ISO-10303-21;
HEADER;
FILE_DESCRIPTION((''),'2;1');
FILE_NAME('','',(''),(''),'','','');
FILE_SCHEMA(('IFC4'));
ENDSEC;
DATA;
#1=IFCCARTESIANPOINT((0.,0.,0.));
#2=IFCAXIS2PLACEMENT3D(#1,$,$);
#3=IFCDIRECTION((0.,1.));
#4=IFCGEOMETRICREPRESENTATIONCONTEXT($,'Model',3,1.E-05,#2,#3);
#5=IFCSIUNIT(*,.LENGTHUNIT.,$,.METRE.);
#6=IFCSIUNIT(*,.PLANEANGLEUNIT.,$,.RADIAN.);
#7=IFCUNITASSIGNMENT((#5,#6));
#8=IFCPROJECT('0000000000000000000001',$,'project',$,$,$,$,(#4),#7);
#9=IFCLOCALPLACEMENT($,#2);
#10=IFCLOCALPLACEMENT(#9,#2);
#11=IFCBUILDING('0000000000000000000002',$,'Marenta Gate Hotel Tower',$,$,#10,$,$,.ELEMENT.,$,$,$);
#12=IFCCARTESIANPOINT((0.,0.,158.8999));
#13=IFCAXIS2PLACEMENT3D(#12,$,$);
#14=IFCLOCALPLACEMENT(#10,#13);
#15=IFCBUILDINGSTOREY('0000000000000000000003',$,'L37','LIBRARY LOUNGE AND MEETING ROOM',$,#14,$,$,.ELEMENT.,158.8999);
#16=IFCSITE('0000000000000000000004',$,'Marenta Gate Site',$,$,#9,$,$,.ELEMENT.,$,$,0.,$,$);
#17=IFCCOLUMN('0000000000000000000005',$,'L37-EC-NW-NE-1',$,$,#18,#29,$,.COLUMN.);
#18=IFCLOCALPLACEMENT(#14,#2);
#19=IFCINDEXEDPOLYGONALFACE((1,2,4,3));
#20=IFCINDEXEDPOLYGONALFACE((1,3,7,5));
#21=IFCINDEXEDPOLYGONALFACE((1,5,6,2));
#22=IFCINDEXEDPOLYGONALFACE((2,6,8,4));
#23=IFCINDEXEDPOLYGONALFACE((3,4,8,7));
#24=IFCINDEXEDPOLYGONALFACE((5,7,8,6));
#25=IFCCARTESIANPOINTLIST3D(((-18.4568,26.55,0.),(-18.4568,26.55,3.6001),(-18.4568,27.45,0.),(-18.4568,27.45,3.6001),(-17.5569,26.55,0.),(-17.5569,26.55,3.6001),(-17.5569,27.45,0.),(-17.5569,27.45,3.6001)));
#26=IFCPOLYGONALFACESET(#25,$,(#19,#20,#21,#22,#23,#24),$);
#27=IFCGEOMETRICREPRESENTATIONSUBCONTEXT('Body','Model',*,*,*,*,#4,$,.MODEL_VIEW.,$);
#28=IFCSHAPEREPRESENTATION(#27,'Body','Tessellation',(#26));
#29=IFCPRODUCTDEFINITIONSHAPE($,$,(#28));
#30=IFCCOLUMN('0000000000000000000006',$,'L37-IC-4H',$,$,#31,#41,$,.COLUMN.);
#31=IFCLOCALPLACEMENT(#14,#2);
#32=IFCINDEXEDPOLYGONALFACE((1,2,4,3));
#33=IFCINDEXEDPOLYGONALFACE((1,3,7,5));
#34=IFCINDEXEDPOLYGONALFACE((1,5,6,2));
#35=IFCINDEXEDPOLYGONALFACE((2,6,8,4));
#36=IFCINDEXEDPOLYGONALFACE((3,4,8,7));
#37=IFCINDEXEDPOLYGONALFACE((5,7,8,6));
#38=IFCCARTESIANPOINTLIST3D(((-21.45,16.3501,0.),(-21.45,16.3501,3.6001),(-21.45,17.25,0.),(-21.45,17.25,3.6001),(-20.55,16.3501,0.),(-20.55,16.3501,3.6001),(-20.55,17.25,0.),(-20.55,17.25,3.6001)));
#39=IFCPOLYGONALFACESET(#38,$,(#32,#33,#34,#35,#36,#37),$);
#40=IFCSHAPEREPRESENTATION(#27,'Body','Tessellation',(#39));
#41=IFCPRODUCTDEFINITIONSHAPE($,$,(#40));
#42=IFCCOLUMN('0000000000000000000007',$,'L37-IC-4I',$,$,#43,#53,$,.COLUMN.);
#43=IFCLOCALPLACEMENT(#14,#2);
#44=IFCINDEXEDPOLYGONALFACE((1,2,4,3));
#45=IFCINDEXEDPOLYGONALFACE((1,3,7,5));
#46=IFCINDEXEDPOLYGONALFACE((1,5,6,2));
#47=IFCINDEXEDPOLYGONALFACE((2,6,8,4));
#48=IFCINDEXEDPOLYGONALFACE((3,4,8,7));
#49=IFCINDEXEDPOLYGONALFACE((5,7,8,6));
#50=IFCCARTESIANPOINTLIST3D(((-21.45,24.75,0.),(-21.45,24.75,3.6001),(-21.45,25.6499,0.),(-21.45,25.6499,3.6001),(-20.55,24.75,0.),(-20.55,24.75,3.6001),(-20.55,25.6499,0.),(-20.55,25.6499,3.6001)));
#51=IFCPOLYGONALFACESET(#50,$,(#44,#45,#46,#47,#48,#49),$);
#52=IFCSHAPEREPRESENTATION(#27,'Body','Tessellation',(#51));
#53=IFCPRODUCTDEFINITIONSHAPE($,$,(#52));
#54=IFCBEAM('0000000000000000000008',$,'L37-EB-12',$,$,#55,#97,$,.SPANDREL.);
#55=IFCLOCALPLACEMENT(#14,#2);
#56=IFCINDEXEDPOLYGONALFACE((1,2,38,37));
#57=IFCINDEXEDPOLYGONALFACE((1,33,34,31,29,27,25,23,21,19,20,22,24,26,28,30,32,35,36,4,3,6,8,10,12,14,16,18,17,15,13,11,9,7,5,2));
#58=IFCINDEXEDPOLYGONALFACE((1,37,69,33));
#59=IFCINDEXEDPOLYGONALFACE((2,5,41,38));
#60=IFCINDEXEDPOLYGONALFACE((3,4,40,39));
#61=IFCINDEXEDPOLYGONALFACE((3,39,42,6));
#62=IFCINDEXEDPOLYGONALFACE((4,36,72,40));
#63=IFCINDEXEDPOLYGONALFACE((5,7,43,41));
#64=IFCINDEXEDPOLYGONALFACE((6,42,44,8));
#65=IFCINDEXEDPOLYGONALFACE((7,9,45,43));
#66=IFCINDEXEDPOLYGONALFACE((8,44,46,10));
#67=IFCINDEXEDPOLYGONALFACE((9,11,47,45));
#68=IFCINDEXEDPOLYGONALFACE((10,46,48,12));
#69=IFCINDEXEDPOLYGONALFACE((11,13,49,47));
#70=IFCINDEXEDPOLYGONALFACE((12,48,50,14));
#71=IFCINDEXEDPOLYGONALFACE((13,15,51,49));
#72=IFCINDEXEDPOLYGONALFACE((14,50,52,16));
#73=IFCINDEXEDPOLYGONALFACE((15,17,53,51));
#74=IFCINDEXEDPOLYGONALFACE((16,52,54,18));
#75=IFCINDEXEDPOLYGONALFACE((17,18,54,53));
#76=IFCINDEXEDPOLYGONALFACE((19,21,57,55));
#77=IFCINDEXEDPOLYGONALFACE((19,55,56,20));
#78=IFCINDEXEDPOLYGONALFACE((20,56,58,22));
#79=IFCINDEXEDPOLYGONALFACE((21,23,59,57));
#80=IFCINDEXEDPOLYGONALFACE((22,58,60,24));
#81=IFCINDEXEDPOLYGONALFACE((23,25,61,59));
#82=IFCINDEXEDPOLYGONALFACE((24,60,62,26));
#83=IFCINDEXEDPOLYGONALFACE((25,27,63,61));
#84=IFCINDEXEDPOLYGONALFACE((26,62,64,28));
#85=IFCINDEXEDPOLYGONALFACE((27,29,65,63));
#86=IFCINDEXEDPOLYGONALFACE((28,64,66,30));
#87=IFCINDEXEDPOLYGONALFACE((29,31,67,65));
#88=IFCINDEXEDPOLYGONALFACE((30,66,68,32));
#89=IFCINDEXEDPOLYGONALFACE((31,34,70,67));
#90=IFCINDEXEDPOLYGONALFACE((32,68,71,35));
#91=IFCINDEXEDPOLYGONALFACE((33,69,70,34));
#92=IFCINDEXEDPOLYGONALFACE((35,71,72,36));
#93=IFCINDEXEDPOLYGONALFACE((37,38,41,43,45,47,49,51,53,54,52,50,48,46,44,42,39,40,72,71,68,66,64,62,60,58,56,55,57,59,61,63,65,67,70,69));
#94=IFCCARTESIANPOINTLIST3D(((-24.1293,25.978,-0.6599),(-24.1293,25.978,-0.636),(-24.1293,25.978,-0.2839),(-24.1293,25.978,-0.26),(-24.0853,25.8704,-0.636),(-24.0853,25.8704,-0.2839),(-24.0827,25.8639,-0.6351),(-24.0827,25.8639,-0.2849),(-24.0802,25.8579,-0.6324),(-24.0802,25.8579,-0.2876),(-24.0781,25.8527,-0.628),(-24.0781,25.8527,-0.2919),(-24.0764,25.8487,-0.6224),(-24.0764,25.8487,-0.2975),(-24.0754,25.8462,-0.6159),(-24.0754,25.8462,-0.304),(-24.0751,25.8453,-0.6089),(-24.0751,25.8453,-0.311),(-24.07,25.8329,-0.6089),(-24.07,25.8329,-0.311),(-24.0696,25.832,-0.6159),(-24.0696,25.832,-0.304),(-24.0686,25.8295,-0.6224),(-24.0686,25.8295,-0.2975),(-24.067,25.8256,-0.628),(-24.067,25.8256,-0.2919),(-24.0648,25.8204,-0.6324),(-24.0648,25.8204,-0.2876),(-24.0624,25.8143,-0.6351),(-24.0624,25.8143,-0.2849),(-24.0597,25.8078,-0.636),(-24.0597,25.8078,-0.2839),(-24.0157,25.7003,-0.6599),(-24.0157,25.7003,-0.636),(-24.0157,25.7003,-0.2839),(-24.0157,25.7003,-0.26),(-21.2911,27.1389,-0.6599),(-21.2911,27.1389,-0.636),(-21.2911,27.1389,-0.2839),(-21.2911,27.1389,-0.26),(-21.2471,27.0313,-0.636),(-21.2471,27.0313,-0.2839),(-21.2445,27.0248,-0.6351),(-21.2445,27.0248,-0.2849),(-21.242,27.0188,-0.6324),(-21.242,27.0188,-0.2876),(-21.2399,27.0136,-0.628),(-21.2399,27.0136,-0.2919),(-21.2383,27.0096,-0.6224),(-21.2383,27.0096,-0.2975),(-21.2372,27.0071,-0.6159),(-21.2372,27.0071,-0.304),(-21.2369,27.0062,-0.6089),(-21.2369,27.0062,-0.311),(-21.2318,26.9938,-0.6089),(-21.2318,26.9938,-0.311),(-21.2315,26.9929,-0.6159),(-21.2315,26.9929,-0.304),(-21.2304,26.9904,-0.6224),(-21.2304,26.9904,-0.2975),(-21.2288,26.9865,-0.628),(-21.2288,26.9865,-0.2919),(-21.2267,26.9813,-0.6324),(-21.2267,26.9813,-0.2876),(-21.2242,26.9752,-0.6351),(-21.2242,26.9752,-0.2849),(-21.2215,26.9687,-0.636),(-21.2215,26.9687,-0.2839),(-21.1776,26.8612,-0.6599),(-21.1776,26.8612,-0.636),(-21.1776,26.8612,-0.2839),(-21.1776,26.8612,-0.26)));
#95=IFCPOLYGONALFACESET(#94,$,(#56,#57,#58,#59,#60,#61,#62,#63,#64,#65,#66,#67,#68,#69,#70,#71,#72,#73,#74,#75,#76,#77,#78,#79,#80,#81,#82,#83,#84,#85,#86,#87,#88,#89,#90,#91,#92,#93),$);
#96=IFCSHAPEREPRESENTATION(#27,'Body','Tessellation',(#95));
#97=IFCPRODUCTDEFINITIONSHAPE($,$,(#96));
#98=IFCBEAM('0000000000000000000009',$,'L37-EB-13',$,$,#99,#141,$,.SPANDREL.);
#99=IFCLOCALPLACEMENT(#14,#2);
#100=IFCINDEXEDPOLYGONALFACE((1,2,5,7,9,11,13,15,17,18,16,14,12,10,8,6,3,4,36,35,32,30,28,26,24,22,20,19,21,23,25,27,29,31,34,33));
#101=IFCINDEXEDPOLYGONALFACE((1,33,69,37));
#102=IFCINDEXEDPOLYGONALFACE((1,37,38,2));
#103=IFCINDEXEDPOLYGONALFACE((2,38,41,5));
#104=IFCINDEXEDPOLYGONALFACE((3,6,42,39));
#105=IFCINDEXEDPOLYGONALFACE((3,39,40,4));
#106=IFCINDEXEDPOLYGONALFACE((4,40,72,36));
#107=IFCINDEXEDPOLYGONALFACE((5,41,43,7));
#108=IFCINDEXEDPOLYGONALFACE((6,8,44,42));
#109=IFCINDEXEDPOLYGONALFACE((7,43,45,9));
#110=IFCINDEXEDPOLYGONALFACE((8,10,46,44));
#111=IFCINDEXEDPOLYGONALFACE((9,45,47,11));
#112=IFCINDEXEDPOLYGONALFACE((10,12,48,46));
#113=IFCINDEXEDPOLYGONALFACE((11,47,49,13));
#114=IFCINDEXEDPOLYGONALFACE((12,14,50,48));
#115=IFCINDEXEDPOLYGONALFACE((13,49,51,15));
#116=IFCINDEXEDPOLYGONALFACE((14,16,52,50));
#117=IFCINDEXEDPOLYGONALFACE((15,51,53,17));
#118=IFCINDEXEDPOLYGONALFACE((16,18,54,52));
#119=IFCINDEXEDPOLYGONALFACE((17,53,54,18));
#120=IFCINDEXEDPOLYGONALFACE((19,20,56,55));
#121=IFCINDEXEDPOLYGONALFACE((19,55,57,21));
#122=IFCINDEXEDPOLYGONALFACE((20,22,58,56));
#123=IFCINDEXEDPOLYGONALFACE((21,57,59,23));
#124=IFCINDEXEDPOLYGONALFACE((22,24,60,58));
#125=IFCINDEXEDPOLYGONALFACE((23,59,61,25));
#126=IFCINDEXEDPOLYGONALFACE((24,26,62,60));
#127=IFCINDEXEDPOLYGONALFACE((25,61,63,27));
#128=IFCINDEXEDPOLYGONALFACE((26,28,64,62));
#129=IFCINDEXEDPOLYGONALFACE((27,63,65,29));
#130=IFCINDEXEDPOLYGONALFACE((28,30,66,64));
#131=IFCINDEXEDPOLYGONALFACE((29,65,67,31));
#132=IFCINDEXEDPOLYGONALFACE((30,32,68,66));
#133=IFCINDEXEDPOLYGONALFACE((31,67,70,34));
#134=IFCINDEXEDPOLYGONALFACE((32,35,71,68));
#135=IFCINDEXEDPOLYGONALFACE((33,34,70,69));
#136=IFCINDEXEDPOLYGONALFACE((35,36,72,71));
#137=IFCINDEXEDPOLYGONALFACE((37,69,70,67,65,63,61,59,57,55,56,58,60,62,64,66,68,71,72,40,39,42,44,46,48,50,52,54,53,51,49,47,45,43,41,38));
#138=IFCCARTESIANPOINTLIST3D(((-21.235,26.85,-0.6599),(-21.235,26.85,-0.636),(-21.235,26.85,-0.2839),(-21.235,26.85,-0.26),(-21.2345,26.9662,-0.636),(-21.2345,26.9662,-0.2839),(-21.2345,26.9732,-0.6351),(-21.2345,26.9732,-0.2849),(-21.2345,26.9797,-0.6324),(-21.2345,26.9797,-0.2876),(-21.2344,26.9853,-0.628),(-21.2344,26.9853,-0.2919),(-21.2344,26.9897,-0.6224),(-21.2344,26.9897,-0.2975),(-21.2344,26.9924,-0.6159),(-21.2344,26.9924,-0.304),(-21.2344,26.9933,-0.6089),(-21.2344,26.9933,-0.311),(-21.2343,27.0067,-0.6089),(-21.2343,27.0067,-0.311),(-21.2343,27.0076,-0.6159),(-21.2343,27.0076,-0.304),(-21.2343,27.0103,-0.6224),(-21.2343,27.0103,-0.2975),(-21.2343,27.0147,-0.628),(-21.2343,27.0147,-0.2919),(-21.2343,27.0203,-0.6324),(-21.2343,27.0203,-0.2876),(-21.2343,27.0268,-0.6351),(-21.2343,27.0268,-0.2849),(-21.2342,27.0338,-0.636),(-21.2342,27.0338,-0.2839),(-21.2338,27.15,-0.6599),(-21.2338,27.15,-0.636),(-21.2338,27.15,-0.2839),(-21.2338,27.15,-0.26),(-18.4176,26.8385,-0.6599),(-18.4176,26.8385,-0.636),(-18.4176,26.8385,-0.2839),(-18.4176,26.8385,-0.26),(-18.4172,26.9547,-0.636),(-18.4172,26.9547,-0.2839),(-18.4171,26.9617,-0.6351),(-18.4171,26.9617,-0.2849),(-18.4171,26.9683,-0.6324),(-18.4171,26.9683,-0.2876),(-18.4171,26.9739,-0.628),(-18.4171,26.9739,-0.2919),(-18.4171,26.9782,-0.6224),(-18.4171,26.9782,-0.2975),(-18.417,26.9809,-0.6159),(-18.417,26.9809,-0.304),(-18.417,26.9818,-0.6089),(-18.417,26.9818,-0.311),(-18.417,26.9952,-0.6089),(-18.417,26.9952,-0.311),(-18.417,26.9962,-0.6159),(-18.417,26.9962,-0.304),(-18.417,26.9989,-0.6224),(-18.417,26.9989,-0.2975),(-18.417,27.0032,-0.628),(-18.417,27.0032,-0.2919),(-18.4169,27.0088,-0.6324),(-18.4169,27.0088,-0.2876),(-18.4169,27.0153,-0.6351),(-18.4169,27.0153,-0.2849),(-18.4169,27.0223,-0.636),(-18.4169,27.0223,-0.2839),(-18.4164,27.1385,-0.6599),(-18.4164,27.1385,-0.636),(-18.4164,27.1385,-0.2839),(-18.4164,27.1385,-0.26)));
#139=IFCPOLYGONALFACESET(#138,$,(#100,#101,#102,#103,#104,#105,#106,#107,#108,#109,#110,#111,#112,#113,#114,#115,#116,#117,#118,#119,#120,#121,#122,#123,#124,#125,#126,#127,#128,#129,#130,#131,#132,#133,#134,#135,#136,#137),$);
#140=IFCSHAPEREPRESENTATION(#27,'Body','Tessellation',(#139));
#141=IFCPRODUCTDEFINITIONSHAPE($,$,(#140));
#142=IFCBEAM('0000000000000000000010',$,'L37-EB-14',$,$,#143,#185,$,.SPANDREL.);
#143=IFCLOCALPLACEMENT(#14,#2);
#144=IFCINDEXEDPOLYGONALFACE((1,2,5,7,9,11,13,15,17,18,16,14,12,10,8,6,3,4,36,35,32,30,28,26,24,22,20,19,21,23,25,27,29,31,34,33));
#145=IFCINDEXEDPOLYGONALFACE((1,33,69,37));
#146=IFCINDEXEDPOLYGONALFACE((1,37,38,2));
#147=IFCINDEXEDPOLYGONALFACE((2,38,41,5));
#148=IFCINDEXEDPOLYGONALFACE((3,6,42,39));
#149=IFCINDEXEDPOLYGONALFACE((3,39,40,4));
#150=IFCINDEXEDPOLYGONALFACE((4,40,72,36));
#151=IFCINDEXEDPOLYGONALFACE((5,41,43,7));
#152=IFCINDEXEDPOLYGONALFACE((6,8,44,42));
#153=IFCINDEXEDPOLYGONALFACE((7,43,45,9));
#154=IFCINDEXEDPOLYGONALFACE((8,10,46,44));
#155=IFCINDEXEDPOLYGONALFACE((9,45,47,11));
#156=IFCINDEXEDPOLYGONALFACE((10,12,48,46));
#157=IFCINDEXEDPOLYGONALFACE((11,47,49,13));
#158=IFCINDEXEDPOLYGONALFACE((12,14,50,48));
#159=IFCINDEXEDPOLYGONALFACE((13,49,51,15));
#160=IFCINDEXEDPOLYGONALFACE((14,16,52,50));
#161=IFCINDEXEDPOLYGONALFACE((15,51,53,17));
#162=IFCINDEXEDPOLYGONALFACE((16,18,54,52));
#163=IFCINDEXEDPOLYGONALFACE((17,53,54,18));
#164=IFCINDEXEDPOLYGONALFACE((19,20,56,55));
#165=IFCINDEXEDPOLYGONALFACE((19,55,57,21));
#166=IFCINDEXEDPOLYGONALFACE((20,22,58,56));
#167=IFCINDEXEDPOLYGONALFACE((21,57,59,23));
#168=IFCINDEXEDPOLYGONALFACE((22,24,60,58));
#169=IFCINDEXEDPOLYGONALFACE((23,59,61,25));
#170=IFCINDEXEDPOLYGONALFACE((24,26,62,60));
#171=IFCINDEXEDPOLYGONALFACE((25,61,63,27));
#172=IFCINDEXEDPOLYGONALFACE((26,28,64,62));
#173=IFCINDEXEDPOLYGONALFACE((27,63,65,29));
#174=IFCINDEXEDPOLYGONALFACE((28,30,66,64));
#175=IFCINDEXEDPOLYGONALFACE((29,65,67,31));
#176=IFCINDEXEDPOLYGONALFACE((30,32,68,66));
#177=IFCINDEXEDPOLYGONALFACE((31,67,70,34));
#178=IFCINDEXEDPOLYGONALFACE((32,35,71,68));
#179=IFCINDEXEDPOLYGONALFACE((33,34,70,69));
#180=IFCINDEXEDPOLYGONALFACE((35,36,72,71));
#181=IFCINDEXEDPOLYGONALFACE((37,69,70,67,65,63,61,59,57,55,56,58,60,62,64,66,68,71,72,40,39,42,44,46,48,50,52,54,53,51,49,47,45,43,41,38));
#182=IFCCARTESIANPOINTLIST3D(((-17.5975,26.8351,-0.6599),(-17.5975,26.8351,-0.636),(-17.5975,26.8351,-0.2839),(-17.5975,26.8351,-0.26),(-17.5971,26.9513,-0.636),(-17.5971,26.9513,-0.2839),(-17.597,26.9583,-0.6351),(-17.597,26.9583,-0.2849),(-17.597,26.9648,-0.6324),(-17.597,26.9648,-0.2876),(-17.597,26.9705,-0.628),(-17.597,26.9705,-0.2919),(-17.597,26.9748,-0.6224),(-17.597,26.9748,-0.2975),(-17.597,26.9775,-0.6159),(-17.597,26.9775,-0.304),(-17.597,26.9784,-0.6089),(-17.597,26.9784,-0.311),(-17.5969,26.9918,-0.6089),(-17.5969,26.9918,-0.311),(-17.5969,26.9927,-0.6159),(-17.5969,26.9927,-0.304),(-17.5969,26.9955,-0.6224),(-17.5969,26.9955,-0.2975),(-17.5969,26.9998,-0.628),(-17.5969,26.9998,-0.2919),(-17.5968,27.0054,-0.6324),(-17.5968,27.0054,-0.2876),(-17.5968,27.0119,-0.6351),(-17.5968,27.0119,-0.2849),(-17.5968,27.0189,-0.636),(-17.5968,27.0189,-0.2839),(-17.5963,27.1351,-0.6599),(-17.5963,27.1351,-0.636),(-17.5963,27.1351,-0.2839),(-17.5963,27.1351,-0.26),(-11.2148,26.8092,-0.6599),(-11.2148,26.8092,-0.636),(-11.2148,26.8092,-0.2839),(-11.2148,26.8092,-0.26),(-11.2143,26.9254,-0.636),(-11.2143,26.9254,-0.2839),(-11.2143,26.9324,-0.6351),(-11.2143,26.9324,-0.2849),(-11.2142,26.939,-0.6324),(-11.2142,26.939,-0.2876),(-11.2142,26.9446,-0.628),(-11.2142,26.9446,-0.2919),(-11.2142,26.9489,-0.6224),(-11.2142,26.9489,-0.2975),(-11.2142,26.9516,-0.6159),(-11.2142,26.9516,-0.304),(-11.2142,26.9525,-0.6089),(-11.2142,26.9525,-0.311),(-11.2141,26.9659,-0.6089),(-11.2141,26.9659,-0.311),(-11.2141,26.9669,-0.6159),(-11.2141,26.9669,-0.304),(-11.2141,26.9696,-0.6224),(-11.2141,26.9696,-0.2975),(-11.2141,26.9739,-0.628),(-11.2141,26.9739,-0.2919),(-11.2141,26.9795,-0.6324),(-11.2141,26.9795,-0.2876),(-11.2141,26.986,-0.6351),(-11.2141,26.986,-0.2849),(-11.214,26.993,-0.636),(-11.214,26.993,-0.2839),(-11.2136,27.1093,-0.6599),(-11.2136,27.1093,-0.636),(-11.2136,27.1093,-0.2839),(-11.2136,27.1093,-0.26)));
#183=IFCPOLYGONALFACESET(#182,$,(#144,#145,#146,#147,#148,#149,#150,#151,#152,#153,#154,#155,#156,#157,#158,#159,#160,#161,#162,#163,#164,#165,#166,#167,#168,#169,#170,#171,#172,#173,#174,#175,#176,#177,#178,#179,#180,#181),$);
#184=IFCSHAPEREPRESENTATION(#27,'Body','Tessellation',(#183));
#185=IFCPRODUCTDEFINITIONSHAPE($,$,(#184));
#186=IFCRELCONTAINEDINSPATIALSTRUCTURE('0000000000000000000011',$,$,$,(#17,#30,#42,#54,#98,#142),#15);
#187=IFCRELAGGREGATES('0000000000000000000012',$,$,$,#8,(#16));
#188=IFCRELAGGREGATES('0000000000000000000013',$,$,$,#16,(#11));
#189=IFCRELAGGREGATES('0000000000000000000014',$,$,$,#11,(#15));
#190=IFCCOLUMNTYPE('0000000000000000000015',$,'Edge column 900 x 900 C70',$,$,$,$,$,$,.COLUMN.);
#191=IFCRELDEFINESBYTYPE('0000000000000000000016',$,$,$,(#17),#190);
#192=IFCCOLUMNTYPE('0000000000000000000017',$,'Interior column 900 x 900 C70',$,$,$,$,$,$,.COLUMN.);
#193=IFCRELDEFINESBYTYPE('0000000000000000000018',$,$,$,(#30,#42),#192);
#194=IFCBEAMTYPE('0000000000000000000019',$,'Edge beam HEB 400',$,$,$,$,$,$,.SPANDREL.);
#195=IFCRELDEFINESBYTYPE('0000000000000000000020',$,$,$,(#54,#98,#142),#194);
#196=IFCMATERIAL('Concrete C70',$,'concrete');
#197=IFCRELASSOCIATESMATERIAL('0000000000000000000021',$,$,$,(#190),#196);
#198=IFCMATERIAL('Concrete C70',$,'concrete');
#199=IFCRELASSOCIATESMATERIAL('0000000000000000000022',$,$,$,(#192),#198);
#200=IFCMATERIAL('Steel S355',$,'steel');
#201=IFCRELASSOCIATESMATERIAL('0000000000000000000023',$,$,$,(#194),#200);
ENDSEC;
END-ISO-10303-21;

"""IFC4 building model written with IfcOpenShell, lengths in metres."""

from ifc_helpers import new_model, si_unit, direction, frame, origin, origin_2d, place, context, subcontext, project, spatial, rectangle, i_section, extrude, material, material_profile, profile_set, type_object, element, save


model = new_model("IFC4")

# Units and contexts
model_context = context("Model", 3, precision=1e-05, world=origin(), true_north=direction((0.0, 1.0)))
body_context = subcontext(model_context, "Body", "Model", "MODEL_VIEW")
ifc_project = project(units=[si_unit("LENGTHUNIT", "METRE"), si_unit("PLANEANGLEUNIT", "RADIAN")], contexts=[model_context])

# Site, building, storey
site_placement = place(None, origin())
site = spatial("IfcSite", under=ifc_project, at=site_placement, Name="Marenta Gate Site", CompositionType="ELEMENT", RefElevation=0.0)
building_placement = place(site_placement, origin())
building = spatial("IfcBuilding", under=site, at=building_placement, Name="Marenta Gate Hotel Tower", CompositionType="ELEMENT")
storey_placement = place(building_placement, frame((0.0, 0.0, 158.8999)))
storey = spatial("IfcBuildingStorey", under=building, at=storey_placement, Name="L37", Description="LIBRARY LOUNGE AND MEETING ROOM", CompositionType="ELEMENT", Elevation=158.8999)

# Columns
ifc_material_1 = material(Name="Concrete C70", Category="concrete")
ifc_material_profile_1 = material_profile(ifc_material_1, rectangle(XDim=0.8999, YDim=0.8999, at=origin_2d()), Name="900 x 900")
ifc_profile_set_1 = profile_set([ifc_material_profile_1], Name="Concrete C70")
column_type_1 = type_object("IfcColumnType", Name="Edge column 900 x 900 C70", PredefinedType="COLUMN", material=ifc_profile_set_1)
column_placement = place(storey_placement, frame((-18.0068, 27.0, 0.0), z_axis=(0.0, 0.0, 1.0), x_axis=(1.0, 0.0, 0.0)))
element("IfcColumn", 1, at=column_placement, inside=storey, type_object=column_type_1, Name="L37-EC-NW-NE-1", PredefinedType="COLUMN", context=body_context, shape_type="SweptSolid", body=[
    extrude(rectangle(XDim=0.8999, YDim=0.8999, at=origin_2d()), origin(), (0.0, 0.0, 1.0), 3.6001),
])
ifc_material_2 = material(Name="Concrete C70", Category="concrete")
ifc_material_profile_2 = material_profile(ifc_material_2, rectangle(XDim=0.8999, YDim=0.8999, at=origin_2d()), Name="900 x 900")
ifc_profile_set_2 = profile_set([ifc_material_profile_2], Name="Concrete C70")
column_type_2 = type_object("IfcColumnType", Name="Interior column 900 x 900 C70", PredefinedType="COLUMN", material=ifc_profile_set_2)
for number, where, z_axis, x_axis, name in (
    (2, (-21.0, 16.8, 0.0), (0.0, 0.0, 1.0), (1.0, 0.0, 0.0), "L37-IC-4H"),
    (3, (-21.0, 25.2, 0.0), (0.0, 0.0, 1.0), (1.0, 0.0, 0.0), "L37-IC-4I"),
):
    element("IfcColumn", number, at=place(storey_placement, frame(where, z_axis=z_axis, x_axis=x_axis)), inside=storey, type_object=column_type_2, Name=name, PredefinedType="COLUMN", context=body_context, shape_type="SweptSolid", body=[
        extrude(rectangle(XDim=0.8999, YDim=0.8999, at=origin_2d()), origin(), (0.0, 0.0, 1.0), 3.6001),
    ])

# Beams
ifc_material_3 = material(Name="Steel S355", Category="steel")
ifc_material_profile_3 = material_profile(ifc_material_3, i_section(OverallWidth=0.3, OverallDepth=0.3999, WebThickness=0.0134, FlangeThickness=0.0239, FilletRadius=0.0271, at=origin_2d()), Name="HEB 400")
ifc_profile_set_3 = profile_set([ifc_material_profile_3], Name="Steel S355")
beam_type_1 = type_object("IfcBeamType", Name="Edge beam HEB 400", PredefinedType="SPANDREL", material=ifc_profile_set_3)
beam_1_placement = place(storey_placement, frame((-24.0725, 25.8391, -0.46), z_axis=(0.925566, 0.378586, 0.0), x_axis=(-0.378586, 0.925566, 0.0)))
element("IfcBeam", 4, at=beam_1_placement, inside=storey, type_object=beam_type_1, Name="L37-EB-12", PredefinedType="SPANDREL", context=body_context, shape_type="SweptSolid", body=[
    extrude(i_section(OverallWidth=0.3, OverallDepth=0.3999, WebThickness=0.0134, FlangeThickness=0.0239, FilletRadius=0.0271, at=origin_2d()), origin(), (0.0, 0.0, 1.0), 3.0664),
])
beam_2_placement = place(storey_placement, frame((-21.2344, 27.0, -0.46), z_axis=(0.999992, -0.004073, 0.0), x_axis=(0.004073, 0.999992, 0.0)))
element("IfcBeam", 5, at=beam_2_placement, inside=storey, type_object=beam_type_1, Name="L37-EB-13", PredefinedType="SPANDREL", context=body_context, shape_type="SweptSolid", body=[
    extrude(i_section(OverallWidth=0.3, OverallDepth=0.3999, WebThickness=0.0134, FlangeThickness=0.0239, FilletRadius=0.0271, at=origin_2d()), origin(), (0.0, 0.0, 1.0), 2.8174),
])
beam_3_placement = place(storey_placement, frame((-17.5969, 26.9851, -0.46), z_axis=(0.999992, -0.004054, 0.0), x_axis=(0.004054, 0.999992, 0.0)))
element("IfcBeam", 6, at=beam_3_placement, inside=storey, type_object=beam_type_1, Name="L37-EB-14", PredefinedType="SPANDREL", context=body_context, shape_type="SweptSolid", body=[
    extrude(i_section(OverallWidth=0.3, OverallDepth=0.3999, WebThickness=0.0134, FlangeThickness=0.0239, FilletRadius=0.0271, at=origin_2d()), origin(), (0.0, 0.0, 1.0), 6.3828),
])

save(model, "model.ifc")
